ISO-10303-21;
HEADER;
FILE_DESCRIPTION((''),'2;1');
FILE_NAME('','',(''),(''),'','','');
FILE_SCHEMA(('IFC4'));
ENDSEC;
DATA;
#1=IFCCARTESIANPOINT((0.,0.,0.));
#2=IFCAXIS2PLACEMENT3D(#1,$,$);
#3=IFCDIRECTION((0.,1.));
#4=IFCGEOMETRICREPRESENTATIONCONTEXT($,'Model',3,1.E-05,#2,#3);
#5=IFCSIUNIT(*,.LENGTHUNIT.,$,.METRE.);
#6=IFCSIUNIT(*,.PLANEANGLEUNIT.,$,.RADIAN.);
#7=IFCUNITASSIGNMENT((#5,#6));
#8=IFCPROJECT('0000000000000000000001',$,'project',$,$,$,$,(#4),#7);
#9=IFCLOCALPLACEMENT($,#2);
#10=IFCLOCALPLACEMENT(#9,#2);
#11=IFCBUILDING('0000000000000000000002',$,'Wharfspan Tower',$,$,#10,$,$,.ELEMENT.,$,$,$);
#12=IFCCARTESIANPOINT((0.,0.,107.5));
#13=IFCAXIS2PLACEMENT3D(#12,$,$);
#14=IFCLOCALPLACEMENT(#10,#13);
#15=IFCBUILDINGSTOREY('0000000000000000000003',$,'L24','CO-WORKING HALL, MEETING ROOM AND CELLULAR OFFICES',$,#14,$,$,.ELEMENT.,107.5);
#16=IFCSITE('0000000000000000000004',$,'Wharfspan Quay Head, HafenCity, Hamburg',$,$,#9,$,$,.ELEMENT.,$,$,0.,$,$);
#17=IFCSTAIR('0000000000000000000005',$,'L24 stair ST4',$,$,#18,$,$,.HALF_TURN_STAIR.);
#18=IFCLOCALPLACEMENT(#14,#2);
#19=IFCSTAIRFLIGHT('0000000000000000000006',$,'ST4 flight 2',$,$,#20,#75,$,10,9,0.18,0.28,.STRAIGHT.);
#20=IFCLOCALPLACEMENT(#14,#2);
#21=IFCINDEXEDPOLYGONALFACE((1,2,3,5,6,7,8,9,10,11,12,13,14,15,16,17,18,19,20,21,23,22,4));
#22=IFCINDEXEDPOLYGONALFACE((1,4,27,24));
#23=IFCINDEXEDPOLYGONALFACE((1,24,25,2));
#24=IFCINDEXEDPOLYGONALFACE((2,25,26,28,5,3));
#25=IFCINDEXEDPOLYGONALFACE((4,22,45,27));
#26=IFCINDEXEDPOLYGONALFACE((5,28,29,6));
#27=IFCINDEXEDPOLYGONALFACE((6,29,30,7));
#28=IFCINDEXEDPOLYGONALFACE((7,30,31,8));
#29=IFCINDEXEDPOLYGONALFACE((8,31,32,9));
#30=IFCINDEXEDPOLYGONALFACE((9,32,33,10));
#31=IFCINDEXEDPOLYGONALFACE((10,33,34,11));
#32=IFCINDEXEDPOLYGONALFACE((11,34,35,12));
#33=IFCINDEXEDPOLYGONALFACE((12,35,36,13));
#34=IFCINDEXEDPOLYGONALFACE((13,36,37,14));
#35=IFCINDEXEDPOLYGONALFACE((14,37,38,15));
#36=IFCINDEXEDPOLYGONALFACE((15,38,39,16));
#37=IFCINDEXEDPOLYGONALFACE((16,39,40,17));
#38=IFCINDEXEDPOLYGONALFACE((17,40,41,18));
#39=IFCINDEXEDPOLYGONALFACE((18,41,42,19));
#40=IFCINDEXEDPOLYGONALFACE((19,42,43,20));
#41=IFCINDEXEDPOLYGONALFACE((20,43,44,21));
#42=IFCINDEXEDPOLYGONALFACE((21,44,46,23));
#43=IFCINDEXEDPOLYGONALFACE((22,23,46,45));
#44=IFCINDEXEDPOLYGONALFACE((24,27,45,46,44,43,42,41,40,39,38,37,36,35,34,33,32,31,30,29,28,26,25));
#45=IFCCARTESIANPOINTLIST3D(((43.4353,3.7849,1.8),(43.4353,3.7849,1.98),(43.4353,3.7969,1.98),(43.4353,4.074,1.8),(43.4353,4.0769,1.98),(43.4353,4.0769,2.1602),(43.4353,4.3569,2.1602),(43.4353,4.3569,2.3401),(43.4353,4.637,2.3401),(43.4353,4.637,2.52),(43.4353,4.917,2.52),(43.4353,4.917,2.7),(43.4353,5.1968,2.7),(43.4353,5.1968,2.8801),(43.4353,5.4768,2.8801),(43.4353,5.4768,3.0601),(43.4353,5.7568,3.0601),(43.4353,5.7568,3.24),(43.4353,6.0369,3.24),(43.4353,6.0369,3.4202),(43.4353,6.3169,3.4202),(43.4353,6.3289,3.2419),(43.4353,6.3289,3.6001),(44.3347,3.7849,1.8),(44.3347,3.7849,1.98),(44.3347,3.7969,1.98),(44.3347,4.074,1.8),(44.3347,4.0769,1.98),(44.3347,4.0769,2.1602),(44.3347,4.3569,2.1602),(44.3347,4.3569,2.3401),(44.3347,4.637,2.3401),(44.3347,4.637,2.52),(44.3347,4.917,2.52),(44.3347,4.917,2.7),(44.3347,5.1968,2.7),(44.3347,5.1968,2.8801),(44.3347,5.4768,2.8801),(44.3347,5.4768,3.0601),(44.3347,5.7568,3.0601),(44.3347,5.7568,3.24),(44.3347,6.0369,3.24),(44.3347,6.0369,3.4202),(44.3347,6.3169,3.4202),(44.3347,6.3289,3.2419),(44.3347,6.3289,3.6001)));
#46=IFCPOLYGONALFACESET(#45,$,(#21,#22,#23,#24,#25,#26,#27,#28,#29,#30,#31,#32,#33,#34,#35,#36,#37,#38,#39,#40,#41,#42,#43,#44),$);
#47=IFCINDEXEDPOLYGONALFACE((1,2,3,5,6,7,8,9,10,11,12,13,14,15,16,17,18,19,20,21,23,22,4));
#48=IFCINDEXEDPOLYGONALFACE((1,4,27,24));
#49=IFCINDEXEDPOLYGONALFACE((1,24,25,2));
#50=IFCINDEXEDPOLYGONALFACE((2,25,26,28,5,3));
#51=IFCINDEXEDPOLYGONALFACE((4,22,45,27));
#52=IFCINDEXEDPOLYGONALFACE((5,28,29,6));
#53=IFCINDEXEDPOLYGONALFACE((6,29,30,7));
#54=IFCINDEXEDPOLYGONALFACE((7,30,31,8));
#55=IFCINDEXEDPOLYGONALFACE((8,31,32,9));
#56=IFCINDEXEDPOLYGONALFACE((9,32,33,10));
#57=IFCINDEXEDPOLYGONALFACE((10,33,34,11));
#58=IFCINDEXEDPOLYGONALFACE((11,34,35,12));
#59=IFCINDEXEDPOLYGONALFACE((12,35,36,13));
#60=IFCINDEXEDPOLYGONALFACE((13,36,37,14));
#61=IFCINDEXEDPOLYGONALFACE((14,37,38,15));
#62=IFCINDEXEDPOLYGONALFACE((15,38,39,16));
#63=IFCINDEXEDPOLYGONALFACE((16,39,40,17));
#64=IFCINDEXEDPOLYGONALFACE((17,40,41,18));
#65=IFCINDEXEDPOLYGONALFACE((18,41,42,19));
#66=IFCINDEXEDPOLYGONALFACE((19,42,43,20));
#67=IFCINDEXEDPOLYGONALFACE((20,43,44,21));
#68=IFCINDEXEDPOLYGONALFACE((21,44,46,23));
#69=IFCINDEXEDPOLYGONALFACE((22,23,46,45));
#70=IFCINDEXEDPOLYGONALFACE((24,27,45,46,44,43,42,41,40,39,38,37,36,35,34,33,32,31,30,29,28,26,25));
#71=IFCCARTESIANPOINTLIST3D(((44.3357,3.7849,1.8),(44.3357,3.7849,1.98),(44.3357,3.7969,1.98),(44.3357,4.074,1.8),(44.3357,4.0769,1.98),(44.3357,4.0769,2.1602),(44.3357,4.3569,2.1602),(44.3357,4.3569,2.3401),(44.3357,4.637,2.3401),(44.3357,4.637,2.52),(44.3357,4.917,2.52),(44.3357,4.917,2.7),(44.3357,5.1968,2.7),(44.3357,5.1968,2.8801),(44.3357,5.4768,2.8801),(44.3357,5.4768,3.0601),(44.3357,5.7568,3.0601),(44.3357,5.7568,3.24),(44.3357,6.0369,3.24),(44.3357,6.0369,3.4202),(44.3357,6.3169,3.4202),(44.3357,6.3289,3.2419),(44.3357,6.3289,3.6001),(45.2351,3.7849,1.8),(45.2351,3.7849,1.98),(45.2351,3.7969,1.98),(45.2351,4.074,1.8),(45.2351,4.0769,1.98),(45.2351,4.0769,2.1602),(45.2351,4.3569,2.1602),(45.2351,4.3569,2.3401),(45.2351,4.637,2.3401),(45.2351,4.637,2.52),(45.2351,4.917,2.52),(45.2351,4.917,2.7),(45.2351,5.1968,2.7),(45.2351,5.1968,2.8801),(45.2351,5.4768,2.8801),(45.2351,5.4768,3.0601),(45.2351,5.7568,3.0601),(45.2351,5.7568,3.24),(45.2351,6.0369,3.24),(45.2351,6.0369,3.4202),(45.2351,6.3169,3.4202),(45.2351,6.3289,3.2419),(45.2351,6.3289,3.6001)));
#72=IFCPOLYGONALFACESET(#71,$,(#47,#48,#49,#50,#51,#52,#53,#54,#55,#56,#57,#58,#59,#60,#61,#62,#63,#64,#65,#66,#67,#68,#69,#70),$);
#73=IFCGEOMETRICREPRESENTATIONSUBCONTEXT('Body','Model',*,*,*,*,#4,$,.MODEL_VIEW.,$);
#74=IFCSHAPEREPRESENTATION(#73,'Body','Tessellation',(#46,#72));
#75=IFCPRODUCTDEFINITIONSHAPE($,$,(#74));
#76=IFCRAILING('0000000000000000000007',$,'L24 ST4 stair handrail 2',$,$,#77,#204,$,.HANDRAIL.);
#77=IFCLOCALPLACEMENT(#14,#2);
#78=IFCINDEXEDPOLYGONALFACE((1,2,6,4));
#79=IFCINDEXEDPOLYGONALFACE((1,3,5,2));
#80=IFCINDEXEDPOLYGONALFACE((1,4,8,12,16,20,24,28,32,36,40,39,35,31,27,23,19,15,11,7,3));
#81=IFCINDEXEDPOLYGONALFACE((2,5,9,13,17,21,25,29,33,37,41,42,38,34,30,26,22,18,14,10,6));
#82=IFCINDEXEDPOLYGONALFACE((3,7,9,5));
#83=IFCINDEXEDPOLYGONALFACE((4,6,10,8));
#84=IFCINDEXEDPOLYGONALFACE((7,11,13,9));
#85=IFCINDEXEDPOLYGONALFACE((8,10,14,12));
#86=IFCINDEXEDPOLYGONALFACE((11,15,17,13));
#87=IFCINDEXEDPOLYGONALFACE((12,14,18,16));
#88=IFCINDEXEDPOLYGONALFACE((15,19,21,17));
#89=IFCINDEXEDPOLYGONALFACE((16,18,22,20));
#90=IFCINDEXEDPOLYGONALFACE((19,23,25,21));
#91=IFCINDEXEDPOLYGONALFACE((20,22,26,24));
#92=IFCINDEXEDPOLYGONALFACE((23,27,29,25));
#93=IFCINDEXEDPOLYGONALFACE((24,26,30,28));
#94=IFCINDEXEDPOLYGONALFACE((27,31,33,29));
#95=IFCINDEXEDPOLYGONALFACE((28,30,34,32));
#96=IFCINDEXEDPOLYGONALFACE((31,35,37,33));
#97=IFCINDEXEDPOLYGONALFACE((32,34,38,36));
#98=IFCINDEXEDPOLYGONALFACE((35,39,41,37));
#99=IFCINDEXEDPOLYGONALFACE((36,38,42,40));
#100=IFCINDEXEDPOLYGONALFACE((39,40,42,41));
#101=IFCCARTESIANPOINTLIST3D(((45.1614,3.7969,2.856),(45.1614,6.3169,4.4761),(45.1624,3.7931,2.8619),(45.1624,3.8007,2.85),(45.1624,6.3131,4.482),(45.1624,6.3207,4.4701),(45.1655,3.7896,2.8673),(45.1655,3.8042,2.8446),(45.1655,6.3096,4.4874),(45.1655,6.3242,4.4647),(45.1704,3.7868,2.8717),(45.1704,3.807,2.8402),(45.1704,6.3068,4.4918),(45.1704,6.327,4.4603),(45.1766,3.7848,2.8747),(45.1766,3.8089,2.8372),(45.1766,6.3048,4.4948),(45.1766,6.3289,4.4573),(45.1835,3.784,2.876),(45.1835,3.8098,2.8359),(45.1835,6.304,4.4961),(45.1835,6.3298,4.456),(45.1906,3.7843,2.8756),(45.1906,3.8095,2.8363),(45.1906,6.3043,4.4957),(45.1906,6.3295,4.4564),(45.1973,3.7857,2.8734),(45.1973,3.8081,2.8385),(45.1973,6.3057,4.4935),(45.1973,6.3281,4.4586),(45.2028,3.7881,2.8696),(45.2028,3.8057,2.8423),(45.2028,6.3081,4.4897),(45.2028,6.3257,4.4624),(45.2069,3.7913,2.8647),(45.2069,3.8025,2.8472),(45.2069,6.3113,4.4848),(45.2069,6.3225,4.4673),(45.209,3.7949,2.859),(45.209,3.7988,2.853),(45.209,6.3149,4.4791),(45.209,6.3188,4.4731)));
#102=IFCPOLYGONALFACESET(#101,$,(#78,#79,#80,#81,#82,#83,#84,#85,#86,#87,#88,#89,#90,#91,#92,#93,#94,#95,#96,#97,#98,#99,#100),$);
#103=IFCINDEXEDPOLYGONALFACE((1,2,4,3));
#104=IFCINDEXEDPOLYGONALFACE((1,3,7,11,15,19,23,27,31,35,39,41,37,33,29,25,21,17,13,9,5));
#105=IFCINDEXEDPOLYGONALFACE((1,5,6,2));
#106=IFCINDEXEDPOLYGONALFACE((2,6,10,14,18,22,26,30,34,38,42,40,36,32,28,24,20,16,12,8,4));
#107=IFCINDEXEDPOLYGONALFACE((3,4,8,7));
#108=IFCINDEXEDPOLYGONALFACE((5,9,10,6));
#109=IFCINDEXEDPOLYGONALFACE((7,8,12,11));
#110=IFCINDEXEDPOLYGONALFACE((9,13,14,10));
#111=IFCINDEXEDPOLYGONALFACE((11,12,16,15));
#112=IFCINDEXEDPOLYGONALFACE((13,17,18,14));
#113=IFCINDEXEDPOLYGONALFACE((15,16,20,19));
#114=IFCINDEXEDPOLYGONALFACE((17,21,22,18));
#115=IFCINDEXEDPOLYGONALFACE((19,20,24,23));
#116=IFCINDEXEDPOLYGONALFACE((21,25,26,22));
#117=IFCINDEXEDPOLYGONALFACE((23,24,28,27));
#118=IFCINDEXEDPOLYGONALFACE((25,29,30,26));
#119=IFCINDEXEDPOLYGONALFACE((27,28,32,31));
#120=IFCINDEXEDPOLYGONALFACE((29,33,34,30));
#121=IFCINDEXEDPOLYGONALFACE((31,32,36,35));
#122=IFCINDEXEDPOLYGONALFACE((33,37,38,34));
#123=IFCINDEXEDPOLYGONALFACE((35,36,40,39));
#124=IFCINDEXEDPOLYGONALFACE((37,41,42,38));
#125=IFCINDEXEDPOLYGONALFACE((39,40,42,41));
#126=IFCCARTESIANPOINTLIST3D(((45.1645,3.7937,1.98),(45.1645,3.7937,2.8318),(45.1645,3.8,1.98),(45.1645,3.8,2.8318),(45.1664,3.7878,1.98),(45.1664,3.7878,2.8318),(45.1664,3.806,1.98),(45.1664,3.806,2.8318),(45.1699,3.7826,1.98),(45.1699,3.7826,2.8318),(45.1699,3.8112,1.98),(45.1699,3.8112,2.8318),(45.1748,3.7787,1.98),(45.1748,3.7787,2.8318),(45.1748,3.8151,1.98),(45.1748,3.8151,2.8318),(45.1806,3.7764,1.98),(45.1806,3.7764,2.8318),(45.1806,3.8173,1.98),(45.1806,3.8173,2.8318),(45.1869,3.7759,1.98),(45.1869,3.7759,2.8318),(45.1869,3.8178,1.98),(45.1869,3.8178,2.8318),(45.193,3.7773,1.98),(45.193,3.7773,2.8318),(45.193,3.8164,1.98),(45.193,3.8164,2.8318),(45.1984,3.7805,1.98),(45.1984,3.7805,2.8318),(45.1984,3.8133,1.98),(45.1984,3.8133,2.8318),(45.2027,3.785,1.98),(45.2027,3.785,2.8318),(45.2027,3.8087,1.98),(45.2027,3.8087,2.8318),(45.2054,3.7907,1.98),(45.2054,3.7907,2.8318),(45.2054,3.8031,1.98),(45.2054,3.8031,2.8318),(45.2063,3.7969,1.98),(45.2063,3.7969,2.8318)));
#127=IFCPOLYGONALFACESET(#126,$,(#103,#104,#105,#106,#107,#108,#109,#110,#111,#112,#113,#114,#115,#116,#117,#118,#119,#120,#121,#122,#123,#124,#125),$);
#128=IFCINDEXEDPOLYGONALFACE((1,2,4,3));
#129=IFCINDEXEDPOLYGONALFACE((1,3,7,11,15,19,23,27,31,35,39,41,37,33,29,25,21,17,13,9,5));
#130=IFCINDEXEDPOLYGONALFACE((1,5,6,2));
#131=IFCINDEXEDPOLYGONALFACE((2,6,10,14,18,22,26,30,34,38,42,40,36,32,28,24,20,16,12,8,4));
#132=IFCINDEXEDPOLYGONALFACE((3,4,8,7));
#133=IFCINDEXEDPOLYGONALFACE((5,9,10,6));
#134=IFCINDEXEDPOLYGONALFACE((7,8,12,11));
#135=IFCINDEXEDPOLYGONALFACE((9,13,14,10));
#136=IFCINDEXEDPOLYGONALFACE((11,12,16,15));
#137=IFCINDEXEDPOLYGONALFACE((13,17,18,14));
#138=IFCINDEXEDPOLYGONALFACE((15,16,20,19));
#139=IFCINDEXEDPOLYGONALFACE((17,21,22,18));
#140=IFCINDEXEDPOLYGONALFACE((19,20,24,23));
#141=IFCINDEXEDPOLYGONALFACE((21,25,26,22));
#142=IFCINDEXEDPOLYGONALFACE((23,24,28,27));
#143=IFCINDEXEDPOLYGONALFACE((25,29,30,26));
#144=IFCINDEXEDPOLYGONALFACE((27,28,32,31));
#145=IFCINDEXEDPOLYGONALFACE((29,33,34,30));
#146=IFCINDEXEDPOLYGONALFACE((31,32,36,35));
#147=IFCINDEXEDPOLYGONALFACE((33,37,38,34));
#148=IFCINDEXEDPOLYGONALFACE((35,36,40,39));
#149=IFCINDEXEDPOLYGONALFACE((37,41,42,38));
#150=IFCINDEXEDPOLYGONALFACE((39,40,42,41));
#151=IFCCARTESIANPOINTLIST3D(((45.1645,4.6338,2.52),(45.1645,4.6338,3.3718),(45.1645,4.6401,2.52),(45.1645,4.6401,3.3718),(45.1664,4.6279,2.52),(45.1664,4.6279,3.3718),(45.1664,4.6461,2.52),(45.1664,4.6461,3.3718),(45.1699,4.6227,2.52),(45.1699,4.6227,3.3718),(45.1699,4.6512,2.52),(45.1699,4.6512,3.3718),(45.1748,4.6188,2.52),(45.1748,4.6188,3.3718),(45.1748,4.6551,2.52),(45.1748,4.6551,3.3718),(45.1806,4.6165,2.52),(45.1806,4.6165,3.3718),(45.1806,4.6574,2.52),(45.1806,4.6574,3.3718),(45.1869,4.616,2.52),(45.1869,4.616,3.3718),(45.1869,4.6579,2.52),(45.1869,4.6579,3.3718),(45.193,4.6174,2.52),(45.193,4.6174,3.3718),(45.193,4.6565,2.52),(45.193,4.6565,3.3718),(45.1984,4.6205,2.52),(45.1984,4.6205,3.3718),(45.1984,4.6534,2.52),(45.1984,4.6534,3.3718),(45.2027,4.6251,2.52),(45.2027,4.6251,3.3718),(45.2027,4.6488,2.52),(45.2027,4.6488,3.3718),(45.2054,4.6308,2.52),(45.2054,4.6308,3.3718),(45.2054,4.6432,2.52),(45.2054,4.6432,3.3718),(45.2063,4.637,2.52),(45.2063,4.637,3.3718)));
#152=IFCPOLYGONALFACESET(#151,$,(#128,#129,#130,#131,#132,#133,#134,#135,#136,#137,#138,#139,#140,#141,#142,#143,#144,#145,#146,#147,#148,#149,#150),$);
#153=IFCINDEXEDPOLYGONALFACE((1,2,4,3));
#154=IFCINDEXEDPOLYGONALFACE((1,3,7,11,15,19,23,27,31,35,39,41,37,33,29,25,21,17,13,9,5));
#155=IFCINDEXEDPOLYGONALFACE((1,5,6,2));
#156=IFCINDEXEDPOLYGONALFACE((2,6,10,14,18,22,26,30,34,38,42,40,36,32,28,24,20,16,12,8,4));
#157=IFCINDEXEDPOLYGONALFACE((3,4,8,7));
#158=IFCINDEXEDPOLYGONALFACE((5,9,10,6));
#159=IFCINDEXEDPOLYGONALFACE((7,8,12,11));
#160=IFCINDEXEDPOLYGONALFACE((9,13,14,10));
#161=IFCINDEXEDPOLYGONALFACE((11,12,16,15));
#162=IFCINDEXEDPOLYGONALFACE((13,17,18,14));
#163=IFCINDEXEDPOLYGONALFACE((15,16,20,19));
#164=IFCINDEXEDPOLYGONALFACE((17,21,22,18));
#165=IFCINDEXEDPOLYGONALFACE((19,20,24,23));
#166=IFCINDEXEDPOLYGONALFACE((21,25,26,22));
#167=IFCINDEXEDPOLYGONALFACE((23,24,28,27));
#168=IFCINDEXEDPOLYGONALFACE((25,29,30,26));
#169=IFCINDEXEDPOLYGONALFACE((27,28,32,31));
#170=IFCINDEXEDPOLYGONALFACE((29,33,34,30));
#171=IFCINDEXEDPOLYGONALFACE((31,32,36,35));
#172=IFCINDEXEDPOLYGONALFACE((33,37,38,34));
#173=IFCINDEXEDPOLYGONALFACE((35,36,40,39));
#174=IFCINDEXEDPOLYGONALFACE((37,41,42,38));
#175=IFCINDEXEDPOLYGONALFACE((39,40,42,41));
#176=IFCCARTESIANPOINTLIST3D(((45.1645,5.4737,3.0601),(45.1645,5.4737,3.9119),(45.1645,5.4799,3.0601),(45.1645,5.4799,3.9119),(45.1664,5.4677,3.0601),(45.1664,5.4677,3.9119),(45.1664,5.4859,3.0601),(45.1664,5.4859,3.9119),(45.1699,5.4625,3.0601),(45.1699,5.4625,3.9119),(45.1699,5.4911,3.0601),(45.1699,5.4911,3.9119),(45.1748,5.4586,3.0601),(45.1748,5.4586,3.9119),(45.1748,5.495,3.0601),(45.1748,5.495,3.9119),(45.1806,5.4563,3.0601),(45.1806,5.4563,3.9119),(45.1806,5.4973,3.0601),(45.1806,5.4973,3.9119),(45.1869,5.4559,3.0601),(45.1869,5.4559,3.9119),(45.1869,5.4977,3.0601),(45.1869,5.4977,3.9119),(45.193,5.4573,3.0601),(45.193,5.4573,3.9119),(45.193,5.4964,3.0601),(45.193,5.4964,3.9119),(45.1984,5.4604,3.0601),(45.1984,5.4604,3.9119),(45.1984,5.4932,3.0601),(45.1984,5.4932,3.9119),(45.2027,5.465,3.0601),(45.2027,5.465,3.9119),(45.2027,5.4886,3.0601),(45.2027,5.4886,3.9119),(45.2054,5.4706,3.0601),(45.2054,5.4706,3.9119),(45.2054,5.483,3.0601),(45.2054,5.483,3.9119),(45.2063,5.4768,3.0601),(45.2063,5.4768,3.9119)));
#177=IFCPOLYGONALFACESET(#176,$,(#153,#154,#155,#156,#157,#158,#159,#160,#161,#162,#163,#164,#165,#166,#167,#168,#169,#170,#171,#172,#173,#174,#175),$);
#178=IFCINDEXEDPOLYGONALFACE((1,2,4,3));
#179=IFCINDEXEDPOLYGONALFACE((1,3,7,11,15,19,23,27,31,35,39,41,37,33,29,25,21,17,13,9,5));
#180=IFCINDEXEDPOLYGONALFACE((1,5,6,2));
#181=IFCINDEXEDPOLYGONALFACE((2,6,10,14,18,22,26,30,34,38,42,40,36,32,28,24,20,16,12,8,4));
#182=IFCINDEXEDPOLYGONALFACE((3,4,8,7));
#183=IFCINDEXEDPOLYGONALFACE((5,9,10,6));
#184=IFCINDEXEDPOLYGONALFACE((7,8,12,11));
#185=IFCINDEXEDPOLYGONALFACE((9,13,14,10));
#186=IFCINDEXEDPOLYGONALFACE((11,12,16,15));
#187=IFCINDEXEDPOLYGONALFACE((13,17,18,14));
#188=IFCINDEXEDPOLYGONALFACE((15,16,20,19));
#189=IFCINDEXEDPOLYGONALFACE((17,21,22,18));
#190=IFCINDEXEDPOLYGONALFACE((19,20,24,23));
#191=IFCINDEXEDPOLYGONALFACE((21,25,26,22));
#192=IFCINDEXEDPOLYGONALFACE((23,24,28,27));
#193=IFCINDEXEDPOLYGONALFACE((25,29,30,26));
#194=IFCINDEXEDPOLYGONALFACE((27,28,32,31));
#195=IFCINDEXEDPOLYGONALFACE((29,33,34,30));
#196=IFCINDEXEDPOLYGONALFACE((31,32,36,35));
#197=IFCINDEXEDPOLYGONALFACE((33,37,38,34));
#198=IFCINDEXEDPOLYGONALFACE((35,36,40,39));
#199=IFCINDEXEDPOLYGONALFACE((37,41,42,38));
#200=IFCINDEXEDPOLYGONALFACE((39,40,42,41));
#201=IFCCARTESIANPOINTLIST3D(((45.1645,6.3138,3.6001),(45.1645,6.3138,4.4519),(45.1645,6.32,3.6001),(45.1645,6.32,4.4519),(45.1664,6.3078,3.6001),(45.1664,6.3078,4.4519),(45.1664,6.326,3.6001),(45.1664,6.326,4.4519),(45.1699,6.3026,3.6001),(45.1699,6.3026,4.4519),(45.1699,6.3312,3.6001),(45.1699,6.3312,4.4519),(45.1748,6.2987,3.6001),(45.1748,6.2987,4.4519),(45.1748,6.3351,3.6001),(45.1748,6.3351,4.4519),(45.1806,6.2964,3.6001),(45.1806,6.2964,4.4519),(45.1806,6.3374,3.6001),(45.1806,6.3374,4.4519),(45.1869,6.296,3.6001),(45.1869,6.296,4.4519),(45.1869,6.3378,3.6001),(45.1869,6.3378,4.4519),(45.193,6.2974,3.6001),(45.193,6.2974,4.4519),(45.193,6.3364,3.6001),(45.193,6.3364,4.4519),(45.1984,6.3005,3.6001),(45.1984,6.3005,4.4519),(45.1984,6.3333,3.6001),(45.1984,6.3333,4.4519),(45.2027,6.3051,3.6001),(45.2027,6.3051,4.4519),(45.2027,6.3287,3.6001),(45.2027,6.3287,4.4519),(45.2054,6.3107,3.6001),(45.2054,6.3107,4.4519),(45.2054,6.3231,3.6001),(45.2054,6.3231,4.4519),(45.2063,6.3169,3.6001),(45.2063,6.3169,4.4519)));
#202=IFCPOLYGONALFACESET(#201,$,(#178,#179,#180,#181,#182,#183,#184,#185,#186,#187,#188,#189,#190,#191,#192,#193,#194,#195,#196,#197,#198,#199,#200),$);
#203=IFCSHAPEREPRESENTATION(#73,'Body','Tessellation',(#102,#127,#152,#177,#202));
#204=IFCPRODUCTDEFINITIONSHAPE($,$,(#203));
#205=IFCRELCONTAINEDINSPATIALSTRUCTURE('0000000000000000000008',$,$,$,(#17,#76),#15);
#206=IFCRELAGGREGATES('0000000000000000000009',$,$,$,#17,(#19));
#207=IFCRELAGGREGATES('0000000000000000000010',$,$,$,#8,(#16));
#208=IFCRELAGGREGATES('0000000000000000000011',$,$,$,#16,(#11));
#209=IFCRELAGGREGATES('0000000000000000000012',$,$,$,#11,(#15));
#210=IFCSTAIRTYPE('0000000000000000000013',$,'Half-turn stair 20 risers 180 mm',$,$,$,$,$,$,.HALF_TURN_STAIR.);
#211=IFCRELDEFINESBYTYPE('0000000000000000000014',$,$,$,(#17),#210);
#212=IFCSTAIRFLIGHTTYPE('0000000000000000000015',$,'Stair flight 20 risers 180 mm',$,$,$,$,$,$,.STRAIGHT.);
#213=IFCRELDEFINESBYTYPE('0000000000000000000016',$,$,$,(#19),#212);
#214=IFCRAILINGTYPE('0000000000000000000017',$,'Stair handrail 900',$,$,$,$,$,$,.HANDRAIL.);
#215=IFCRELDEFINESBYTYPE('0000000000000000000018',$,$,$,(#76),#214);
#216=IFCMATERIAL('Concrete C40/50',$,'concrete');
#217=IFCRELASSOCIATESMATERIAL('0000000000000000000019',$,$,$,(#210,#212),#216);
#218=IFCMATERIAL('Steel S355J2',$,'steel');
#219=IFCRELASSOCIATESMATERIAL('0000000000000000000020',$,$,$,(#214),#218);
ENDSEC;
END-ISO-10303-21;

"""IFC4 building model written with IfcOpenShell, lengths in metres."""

from ifc_helpers import new_model, si_unit, direction, frame, origin, origin_2d, place, context, subcontext, project, spatial, polyline, circle, outline, extrude, material, type_object, element, aggregate, save


model = new_model("IFC4")

# Units and contexts
model_context = context("Model", 3, precision=1e-05, world=origin(), true_north=direction((0.0, 1.0)))
body_context = subcontext(model_context, "Body", "Model", "MODEL_VIEW")
ifc_project = project(units=[si_unit("LENGTHUNIT", "METRE"), si_unit("PLANEANGLEUNIT", "RADIAN")], contexts=[model_context])

# Site, building, storey
site_placement = place(None, origin())
site = spatial("IfcSite", under=ifc_project, at=site_placement, Name="Wharfspan Quay Head, HafenCity, Hamburg", CompositionType="ELEMENT", RefElevation=0.0)
building_placement = place(site_placement, origin())
building = spatial("IfcBuilding", under=site, at=building_placement, Name="Wharfspan Tower", CompositionType="ELEMENT")
storey_placement = place(building_placement, frame((0.0, 0.0, 107.5)))
storey = spatial("IfcBuildingStorey", under=building, at=storey_placement, Name="L24", Description="CO-WORKING HALL, MEETING ROOM AND CELLULAR OFFICES", CompositionType="ELEMENT", Elevation=107.5)

# Shared definitions
ifc_material_1 = material(Name="Steel S355J2", Category="steel")

# Shared definitions
ifc_material_2 = material(Name="Concrete C40/50", Category="concrete")

# Stair, stair flight
stair_type = type_object("IfcStairType", Name="Half-turn stair 20 risers 180 mm", PredefinedType="HALF_TURN_STAIR", material=ifc_material_2)
stair_placement = place(storey_placement, origin())
stair = element("IfcStair", 1, at=stair_placement, inside=storey, type_object=stair_type, Name="L24 stair ST4", PredefinedType="HALF_TURN_STAIR")
stair_flight_type = type_object("IfcStairFlightType", Name="Stair flight 20 risers 180 mm", PredefinedType="STRAIGHT", material=ifc_material_2)
stair_flight_placement = place(storey_placement, frame((44.3352, 3.7969, 1.8), z_axis=(0.0, 0.0, 1.0), x_axis=(0.0, 1.0, 0.0)))
stair_flight = element("IfcStairFlight", 2, at=stair_flight_placement, type_object=stair_flight_type, Name="ST4 flight 2", NumberOfRisers=10, NumberOfTreads=9, PredefinedType="STRAIGHT", RiserHeight=0.18, TreadLength=0.28, context=body_context, shape_type="SweptSolid", body=[
    extrude(outline(polyline([(-0.012, 0.0), (-0.012, 0.1799), (0.0, 0.1799), (0.28, 0.1799), (0.28, 0.3601), (0.5601, 0.3601), (0.5601, 0.54), (0.8401, 0.54), (0.8401, 0.72), (1.1201, 0.72), (1.1201, 0.8999), (1.3999, 0.8999), (1.3999, 1.0801), (1.6799, 1.0801), (1.6799, 1.26), (1.96, 1.26), (1.96, 1.4399), (2.24, 1.4399), (2.24, 1.6201), (2.52, 1.6201), (2.532, 1.8), (2.532, 1.4419), (0.2771, 0.0), (-0.012, 0.0)])), frame((0.0, 0.8999, 0.0), z_axis=(0.0, -1.0, 0.0), x_axis=(1.0, 0.0, 0.0)), (0.0, 0.0, 1.0), 0.8994),
    extrude(outline(polyline([(-0.012, 0.0), (-0.012, 0.1799), (0.0, 0.1799), (0.28, 0.1799), (0.28, 0.3601), (0.5601, 0.3601), (0.5601, 0.54), (0.8401, 0.54), (0.8401, 0.72), (1.1201, 0.72), (1.1201, 0.8999), (1.3999, 0.8999), (1.3999, 1.0801), (1.6799, 1.0801), (1.6799, 1.26), (1.96, 1.26), (1.96, 1.4399), (2.24, 1.4399), (2.24, 1.6201), (2.52, 1.6201), (2.532, 1.8), (2.532, 1.4419), (0.2771, 0.0), (-0.012, 0.0)])), frame((0.0, -0.0005, 0.0), z_axis=(0.0, -1.0, 0.0), x_axis=(1.0, 0.0, 0.0)), (0.0, 0.0, 1.0), 0.8994),
])
aggregate(stair, [stair_flight])

# Railing
railing_type = type_object("IfcRailingType", Name="Stair handrail 900", PredefinedType="HANDRAIL", material=ifc_material_1)
railing_placement = place(storey_placement, frame((45.1853, 3.7969, 1.98)))
element("IfcRailing", 3, at=railing_placement, inside=storey, type_object=railing_type, Name="L24 ST4 stair handrail 2", PredefinedType="HANDRAIL", context=body_context, shape_type="SweptSolid", body=[
    extrude(circle(Radius=0.0239, at=origin_2d()), frame((0.0, 0.0, 0.876), z_axis=(0.0, 0.841163, 0.540782), x_axis=(-1.0, 0.0, 0.0)), (0.0, 0.0, 1.0), 2.9958),
    extrude(circle(Radius=0.021, at=origin_2d()), origin(), (0.0, 0.0, 1.0), 0.8518),
    extrude(circle(Radius=0.021, at=origin_2d()), frame((0.0, 0.8401, 0.54)), (0.0, 0.0, 1.0), 0.8518),
    extrude(circle(Radius=0.021, at=origin_2d()), frame((0.0, 1.6799, 1.0801)), (0.0, 0.0, 1.0), 0.8518),
    extrude(circle(Radius=0.021, at=origin_2d()), frame((0.0, 2.52, 1.6201)), (0.0, 0.0, 1.0), 0.8518),
])

save(model, "model.ifc")
